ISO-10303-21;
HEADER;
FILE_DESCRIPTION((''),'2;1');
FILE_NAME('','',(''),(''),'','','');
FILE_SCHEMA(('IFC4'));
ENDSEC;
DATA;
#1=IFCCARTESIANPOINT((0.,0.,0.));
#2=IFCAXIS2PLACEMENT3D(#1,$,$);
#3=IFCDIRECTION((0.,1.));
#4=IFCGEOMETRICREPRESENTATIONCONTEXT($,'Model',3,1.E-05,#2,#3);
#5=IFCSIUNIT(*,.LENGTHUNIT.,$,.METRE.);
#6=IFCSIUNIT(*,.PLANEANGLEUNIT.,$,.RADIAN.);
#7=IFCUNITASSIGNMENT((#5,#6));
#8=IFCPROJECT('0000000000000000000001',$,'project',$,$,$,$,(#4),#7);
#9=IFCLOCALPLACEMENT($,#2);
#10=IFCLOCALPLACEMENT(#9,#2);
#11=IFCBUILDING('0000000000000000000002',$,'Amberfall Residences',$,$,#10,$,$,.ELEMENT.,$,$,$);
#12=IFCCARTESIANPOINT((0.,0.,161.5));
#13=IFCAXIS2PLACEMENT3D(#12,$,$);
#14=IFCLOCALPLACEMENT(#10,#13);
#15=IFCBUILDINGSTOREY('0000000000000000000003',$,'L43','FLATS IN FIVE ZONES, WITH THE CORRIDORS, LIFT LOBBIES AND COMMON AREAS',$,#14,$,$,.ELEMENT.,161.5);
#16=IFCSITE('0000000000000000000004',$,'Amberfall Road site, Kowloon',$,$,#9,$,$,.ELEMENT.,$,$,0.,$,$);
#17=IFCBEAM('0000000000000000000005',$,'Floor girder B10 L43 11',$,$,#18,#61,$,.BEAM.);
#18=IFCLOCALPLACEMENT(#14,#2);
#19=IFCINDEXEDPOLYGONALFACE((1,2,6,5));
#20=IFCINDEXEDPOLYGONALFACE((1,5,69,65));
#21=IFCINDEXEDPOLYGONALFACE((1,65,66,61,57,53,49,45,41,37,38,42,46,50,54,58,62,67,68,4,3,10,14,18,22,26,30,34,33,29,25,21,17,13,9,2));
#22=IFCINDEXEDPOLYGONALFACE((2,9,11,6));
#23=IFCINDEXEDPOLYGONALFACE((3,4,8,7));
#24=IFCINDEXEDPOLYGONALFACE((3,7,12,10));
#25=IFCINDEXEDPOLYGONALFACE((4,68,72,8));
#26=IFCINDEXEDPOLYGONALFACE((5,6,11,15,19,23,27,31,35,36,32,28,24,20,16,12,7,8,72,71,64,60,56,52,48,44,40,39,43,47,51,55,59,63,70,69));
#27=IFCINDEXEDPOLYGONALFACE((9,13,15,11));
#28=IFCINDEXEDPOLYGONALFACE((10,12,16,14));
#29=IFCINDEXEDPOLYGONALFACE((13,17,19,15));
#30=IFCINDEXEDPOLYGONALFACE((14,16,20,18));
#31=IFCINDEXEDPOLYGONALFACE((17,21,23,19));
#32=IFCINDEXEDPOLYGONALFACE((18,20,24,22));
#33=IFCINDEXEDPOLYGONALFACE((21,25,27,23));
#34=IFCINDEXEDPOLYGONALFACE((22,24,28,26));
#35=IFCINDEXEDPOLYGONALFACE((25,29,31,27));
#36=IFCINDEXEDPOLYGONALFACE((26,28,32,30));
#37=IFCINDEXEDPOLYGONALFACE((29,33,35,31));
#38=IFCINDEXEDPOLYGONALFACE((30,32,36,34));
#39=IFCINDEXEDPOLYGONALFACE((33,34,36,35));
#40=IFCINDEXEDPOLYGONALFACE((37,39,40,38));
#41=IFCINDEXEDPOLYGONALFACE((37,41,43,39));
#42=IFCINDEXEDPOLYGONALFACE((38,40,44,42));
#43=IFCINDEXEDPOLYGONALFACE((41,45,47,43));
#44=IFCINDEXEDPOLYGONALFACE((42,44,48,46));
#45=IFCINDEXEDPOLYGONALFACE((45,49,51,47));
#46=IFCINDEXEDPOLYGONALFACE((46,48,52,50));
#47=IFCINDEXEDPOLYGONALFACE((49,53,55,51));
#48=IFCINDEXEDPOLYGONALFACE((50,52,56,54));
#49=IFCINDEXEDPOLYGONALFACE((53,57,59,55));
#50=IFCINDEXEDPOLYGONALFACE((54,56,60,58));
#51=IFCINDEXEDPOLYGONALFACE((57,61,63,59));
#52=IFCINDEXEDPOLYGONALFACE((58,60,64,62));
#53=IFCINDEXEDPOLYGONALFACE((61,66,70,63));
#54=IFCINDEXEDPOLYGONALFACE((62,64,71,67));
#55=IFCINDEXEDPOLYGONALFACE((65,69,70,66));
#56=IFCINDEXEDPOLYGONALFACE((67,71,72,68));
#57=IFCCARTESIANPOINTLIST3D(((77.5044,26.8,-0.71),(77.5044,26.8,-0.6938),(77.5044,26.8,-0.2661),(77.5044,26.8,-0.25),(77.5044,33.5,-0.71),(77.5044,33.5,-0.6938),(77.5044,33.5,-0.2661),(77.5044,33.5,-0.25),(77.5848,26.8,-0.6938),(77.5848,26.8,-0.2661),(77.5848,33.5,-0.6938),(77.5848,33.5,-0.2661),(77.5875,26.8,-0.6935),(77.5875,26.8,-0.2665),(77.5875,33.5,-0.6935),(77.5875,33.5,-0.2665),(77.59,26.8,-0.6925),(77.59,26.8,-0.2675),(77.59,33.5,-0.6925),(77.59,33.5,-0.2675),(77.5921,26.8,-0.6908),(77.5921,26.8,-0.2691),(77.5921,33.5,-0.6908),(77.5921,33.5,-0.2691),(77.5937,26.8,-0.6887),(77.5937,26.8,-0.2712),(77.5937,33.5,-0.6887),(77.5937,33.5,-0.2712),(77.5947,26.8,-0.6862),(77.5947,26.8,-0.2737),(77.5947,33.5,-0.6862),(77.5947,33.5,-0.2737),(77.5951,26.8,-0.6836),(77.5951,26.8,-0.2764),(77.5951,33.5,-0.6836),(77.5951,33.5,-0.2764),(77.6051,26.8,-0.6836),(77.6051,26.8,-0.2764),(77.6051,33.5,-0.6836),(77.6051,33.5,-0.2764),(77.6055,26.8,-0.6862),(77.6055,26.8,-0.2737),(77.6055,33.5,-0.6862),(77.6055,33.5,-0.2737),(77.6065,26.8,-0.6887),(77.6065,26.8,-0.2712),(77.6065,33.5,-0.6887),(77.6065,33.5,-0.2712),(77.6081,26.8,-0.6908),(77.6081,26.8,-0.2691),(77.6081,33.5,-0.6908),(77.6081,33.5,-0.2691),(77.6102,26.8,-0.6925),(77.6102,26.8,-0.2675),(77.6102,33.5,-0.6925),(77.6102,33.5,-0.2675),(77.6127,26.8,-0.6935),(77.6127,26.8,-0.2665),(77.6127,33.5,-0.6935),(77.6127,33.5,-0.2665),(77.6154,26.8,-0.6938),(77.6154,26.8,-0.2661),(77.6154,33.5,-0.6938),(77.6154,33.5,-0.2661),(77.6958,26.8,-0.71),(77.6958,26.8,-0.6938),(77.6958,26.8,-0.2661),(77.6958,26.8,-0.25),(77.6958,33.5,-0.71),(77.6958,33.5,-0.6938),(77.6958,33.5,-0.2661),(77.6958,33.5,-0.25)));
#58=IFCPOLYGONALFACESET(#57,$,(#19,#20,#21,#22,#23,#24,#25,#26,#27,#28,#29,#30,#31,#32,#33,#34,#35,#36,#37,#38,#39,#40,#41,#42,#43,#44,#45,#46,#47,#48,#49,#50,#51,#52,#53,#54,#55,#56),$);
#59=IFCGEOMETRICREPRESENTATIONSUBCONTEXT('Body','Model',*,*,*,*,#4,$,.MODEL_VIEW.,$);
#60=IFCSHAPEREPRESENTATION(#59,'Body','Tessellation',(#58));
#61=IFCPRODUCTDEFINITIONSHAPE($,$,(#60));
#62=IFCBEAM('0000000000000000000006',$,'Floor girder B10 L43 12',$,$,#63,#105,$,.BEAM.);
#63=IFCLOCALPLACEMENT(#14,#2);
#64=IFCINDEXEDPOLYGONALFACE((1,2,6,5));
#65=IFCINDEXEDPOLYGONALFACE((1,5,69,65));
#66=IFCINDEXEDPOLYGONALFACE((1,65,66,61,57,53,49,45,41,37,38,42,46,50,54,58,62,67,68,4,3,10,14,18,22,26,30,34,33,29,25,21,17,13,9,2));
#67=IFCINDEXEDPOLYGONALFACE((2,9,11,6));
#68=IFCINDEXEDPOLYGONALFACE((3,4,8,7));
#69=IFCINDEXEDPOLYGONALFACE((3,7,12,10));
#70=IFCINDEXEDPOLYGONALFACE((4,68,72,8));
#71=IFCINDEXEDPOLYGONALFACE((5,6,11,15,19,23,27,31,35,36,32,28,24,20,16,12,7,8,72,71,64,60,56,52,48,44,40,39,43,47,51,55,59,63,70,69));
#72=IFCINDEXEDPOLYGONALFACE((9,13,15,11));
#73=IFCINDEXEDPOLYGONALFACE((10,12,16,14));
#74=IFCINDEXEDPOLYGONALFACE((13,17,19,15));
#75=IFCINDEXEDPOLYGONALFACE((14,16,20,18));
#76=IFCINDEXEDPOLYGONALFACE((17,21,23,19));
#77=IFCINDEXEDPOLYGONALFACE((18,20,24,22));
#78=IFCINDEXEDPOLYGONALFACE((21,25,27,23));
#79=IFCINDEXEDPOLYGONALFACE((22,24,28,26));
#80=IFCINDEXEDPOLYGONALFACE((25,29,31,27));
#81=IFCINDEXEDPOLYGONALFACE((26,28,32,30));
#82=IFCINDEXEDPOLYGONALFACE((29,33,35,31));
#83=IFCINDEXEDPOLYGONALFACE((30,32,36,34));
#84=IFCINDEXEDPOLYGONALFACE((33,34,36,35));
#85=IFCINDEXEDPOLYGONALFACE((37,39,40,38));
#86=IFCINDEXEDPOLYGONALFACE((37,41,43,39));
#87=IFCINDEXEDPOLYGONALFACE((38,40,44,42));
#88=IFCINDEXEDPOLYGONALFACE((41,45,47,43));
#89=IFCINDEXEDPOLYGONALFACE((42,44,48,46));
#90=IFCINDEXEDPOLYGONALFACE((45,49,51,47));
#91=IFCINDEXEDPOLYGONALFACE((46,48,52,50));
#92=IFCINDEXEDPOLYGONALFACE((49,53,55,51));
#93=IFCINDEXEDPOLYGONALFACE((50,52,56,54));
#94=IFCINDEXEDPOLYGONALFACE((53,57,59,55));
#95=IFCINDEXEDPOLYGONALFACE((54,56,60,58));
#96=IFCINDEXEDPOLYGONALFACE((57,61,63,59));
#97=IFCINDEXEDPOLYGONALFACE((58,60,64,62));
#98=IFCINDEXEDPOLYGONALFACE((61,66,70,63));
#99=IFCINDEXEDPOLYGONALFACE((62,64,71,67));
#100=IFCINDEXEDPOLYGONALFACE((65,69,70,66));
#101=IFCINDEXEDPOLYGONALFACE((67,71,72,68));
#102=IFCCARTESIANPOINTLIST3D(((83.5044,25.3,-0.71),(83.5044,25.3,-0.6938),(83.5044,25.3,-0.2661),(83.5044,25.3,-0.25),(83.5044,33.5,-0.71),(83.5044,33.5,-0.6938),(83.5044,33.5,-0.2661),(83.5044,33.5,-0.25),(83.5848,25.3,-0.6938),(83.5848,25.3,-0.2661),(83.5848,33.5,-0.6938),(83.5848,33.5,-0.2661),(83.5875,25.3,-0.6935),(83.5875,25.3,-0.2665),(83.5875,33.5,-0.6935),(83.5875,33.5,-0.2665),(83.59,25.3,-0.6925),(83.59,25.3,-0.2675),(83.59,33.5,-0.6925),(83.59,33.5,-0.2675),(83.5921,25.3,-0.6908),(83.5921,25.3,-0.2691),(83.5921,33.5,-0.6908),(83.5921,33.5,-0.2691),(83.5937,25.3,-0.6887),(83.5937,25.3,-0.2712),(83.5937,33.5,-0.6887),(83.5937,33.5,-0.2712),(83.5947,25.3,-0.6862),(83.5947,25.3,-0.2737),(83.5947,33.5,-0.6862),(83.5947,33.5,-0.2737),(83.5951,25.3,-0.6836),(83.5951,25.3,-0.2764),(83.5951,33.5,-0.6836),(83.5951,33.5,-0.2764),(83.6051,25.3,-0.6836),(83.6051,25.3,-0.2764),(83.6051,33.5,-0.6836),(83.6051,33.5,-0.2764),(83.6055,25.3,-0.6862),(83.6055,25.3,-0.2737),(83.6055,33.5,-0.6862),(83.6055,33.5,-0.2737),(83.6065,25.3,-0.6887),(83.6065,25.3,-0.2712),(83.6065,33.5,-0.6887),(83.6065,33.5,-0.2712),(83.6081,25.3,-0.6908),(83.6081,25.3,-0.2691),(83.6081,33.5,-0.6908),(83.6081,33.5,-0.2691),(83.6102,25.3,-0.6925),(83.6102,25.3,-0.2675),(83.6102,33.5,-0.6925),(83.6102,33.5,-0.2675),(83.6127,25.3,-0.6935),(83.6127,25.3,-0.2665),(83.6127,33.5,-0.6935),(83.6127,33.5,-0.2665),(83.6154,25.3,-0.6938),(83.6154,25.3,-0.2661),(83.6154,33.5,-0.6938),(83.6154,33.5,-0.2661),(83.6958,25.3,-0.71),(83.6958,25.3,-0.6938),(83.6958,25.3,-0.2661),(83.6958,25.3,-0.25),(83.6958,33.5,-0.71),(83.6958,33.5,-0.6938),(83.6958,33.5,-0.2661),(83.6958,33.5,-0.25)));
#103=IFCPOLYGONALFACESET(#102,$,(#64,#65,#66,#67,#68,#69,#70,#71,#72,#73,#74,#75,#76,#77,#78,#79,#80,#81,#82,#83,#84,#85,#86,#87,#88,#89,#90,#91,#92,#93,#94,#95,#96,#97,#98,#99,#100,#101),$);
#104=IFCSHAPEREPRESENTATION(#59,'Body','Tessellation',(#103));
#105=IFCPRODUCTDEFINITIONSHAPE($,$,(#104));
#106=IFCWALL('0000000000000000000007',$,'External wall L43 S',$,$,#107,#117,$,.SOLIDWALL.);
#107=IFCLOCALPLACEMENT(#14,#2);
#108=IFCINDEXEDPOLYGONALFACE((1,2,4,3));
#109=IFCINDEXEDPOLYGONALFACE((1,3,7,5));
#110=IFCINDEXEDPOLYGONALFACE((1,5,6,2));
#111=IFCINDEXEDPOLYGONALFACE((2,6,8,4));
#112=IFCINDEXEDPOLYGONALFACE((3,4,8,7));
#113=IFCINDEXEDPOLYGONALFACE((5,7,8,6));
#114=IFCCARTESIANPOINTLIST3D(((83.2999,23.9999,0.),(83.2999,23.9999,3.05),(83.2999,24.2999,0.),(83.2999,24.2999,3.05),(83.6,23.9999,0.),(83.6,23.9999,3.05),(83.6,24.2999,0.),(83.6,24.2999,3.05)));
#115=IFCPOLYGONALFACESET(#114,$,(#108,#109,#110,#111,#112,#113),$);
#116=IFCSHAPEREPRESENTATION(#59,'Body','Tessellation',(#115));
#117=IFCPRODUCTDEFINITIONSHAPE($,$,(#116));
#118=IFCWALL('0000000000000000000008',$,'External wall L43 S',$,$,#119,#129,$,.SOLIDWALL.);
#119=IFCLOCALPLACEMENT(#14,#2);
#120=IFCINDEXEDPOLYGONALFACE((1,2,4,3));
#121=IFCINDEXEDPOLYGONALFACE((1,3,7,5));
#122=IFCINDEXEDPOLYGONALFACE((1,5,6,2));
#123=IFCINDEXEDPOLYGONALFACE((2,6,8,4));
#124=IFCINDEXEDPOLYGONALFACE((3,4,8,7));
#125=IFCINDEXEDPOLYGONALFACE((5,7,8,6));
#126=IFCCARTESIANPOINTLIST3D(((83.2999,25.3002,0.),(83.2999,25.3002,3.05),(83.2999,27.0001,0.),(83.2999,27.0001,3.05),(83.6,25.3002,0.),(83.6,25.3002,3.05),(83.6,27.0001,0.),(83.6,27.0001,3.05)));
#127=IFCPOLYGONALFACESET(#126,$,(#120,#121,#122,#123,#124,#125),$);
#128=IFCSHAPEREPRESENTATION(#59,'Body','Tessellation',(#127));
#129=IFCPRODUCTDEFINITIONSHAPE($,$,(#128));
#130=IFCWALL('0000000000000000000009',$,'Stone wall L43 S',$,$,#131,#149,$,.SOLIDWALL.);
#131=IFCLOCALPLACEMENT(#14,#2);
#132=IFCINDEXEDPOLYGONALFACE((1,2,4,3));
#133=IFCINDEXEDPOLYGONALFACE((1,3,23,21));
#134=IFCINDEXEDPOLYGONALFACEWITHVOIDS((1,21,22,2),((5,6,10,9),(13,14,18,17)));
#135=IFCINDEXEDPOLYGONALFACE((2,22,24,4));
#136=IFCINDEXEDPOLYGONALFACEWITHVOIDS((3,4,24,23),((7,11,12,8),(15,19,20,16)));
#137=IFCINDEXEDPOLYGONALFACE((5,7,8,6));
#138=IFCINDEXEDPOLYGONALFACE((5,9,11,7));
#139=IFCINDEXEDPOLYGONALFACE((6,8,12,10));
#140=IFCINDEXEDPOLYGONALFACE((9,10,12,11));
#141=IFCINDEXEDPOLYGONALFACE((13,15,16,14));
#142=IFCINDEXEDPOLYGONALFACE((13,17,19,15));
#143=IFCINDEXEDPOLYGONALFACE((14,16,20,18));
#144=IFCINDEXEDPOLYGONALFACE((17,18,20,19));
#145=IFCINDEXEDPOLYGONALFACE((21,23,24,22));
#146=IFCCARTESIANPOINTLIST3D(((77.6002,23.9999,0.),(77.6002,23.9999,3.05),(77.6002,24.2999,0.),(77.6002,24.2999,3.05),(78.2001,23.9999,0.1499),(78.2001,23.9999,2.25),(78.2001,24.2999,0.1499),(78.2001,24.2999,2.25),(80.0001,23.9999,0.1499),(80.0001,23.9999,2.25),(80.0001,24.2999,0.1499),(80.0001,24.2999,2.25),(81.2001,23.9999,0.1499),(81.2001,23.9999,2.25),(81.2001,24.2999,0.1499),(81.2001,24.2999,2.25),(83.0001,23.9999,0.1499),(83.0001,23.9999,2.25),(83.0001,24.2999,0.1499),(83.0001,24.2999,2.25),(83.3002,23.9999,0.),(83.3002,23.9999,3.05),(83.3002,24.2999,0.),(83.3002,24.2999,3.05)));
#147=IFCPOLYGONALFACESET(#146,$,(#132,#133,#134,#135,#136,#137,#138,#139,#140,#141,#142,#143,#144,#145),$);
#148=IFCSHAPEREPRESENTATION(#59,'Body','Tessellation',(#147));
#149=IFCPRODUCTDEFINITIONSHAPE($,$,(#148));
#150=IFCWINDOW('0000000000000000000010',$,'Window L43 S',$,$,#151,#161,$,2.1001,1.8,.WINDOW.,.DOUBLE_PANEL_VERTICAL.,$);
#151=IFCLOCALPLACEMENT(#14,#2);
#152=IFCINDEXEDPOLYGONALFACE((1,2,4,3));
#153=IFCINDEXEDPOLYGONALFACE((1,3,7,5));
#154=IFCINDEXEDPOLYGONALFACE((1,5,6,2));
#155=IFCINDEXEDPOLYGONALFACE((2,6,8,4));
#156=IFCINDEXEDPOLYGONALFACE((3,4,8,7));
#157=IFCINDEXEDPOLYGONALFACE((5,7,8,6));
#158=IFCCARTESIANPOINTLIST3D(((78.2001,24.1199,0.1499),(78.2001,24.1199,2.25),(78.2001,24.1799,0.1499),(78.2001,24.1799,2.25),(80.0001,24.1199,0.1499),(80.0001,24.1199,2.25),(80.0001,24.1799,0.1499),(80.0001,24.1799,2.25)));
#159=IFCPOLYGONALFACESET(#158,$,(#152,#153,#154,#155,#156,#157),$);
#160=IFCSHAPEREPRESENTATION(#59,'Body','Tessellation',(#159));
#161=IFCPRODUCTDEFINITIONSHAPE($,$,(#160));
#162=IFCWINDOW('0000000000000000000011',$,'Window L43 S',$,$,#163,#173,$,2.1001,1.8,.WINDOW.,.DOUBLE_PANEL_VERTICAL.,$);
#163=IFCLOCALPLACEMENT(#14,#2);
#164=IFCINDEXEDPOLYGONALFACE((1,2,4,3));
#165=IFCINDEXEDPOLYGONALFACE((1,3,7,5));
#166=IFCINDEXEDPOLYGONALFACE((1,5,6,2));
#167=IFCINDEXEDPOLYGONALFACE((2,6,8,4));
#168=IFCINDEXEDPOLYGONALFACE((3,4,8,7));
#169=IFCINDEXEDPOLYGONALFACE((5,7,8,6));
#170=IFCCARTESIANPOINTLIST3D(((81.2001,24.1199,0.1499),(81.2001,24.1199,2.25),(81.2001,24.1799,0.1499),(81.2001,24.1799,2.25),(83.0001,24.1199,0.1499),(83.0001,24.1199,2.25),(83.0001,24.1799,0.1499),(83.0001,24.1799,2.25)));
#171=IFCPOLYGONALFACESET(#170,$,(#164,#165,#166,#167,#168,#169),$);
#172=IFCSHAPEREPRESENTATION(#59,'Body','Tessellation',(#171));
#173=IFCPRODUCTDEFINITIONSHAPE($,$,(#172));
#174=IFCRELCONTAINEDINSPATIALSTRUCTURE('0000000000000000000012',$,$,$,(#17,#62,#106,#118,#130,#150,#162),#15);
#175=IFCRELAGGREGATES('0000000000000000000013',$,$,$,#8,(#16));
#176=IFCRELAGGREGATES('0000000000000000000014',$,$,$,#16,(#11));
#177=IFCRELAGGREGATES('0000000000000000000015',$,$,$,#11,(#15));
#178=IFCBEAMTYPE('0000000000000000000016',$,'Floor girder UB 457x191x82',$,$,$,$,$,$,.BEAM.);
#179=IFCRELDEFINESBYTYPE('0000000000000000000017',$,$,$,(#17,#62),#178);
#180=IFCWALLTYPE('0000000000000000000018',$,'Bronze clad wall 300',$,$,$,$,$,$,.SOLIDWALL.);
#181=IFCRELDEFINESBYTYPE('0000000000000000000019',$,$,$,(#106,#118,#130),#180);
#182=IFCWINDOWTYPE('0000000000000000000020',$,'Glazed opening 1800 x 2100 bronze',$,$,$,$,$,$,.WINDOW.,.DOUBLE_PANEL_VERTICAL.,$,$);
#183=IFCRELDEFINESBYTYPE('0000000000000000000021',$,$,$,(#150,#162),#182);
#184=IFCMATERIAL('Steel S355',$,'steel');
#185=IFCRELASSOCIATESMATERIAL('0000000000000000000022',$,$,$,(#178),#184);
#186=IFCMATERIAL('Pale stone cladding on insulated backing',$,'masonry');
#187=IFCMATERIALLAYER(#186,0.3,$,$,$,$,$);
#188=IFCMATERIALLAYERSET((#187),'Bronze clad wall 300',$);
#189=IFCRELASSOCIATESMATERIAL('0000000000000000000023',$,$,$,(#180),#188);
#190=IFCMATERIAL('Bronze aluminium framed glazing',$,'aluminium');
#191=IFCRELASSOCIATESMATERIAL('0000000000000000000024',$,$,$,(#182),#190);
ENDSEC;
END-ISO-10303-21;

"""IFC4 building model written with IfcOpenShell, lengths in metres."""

from ifc_helpers import new_model, si_unit, direction, frame, frame_2d, origin, origin_2d, place, context, subcontext, project, spatial, rectangle, i_section, extrude, material, layer, layer_set, material_profile, profile_set, type_object, element, fill, save


model = new_model("IFC4")

# Units and contexts
model_context = context("Model", 3, precision=1e-05, world=origin(), true_north=direction((0.0, 1.0)))
body_context = subcontext(model_context, "Body", "Model", "MODEL_VIEW")
ifc_project = project(units=[si_unit("LENGTHUNIT", "METRE"), si_unit("PLANEANGLEUNIT", "RADIAN")], contexts=[model_context])

# Site, building, storey
site_placement = place(None, origin())
site = spatial("IfcSite", under=ifc_project, at=site_placement, Name="Amberfall Road site, Kowloon", CompositionType="ELEMENT", RefElevation=0.0)
building_placement = place(site_placement, origin())
building = spatial("IfcBuilding", under=site, at=building_placement, Name="Amberfall Residences", CompositionType="ELEMENT")
storey_placement = place(building_placement, frame((0.0, 0.0, 161.5)))
storey = spatial("IfcBuildingStorey", under=building, at=storey_placement, Name="L43", Description="FLATS IN FIVE ZONES, WITH THE CORRIDORS, LIFT LOBBIES AND COMMON AREAS", CompositionType="ELEMENT", Elevation=161.5)

# Beams
ifc_material_1 = material(Name="Steel S355", Category="steel")
ifc_material_profile_1 = material_profile(ifc_material_1, i_section(OverallWidth=0.1914, OverallDepth=0.46, WebThickness=0.01, FlangeThickness=0.0161, FilletRadius=0.0103, at=origin_2d()), Name="UB 457x191x82")
ifc_profile_set_1 = profile_set([ifc_material_profile_1], Name="Steel S355")
beam_type_1 = type_object("IfcBeamType", Name="Floor girder UB 457x191x82", PredefinedType="BEAM", material=ifc_profile_set_1)
beam_1_placement = place(storey_placement, frame((77.6001, 26.8, -0.48), z_axis=(0.0, 1.0, 0.0), x_axis=(-1.0, 0.0, 0.0)))
element("IfcBeam", 1, at=beam_1_placement, inside=storey, type_object=beam_type_1, Name="Floor girder B10 L43 11", PredefinedType="BEAM", context=body_context, shape_type="SweptSolid", body=[
    extrude(i_section(OverallWidth=0.1914, OverallDepth=0.46, WebThickness=0.01, FlangeThickness=0.0161, FilletRadius=0.0103, at=origin_2d()), origin(), (0.0, 0.0, 1.0), 6.7),
])
beam_2_placement = place(storey_placement, frame((83.6001, 25.3, -0.48), z_axis=(0.0, 1.0, 0.0), x_axis=(-1.0, 0.0, 0.0)))
element("IfcBeam", 2, at=beam_2_placement, inside=storey, type_object=beam_type_1, Name="Floor girder B10 L43 12", PredefinedType="BEAM", context=body_context, shape_type="SweptSolid", body=[
    extrude(i_section(OverallWidth=0.1914, OverallDepth=0.46, WebThickness=0.01, FlangeThickness=0.0161, FilletRadius=0.0103, at=origin_2d()), origin(), (0.0, 0.0, 1.0), 8.2),
])

# Walls
ifc_material_2 = material(Name="Pale stone cladding on insulated backing", Category="masonry")
ifc_layer_1 = layer(ifc_material_2, 0.3)
ifc_layer_set_1 = layer_set([ifc_layer_1], Name="Bronze clad wall 300")
wall_type_1 = type_object("IfcWallType", Name="Bronze clad wall 300", PredefinedType="SOLIDWALL", material=ifc_layer_set_1)
wall_1_placement = place(storey_placement, frame((83.45, 24.0, 0.0), z_axis=(0.0, 0.0, 1.0), x_axis=(0.0, 1.0, 0.0)))
element("IfcWall", 3, at=wall_1_placement, inside=storey, type_object=wall_type_1, Name="External wall L43 S", PredefinedType="SOLIDWALL", context=body_context, shape_type="SweptSolid", body=[
    extrude(rectangle(XDim=0.3, YDim=0.3, at=frame_2d((0.1499, 0.0))), origin(), (0.0, 0.0, 1.0), 3.05),
])
wall_2_placement = place(storey_placement, frame((83.45, 25.3, 0.0), z_axis=(0.0, 0.0, 1.0), x_axis=(0.0, 1.0, 0.0)))
element("IfcWall", 4, at=wall_2_placement, inside=storey, type_object=wall_type_1, Name="External wall L43 S", PredefinedType="SOLIDWALL", context=body_context, shape_type="SweptSolid", body=[
    extrude(rectangle(XDim=1.7, YDim=0.3, at=frame_2d((0.8501, 0.0))), origin(), (0.0, 0.0, 1.0), 3.05),
])

# Wall, openings, windows
wall_3_placement = place(storey_placement, frame((77.6001, 24.1499, 0.0), z_axis=(0.0, 0.0, 1.0), x_axis=(1.0, 0.0, 0.0)))
wall_3 = element("IfcWall", 5, at=wall_3_placement, inside=storey, type_object=wall_type_1, Name="Stone wall L43 S", PredefinedType="SOLIDWALL", context=body_context, shape_type="SweptSolid", body=[
    extrude(rectangle(XDim=5.7, YDim=0.3, at=frame_2d((2.8501, 0.0))), origin(), (0.0, 0.0, 1.0), 3.05),
])
opening_1_placement = place(wall_3_placement, frame((0.6001, 0.0, 0.1499)))
opening_1 = element("IfcOpeningElement", 6, at=opening_1_placement, cuts=wall_3, PredefinedType="OPENING", context=body_context, shape_type="SweptSolid", body=[
    extrude(rectangle(XDim=1.8, YDim=2.1001, at=frame_2d((0.8999, 1.05))), frame((0.0, 0.1599, 0.0), z_axis=(0.0, -1.0, 0.0), x_axis=(1.0, 0.0, 0.0)), (0.0, 0.0, 1.0), 0.3201),
])
opening_2_placement = place(wall_3_placement, frame((3.6001, 0.0, 0.1499)))
opening_2 = element("IfcOpeningElement", 7, at=opening_2_placement, cuts=wall_3, PredefinedType="OPENING", context=body_context, shape_type="SweptSolid", body=[
    extrude(rectangle(XDim=1.8, YDim=2.1001, at=frame_2d((0.8999, 1.05))), frame((0.0, 0.1599, 0.0), z_axis=(0.0, -1.0, 0.0), x_axis=(1.0, 0.0, 0.0)), (0.0, 0.0, 1.0), 0.3201),
])
ifc_material_3 = material(Name="Bronze aluminium framed glazing", Category="aluminium")
window_type = type_object("IfcWindowType", Name="Glazed opening 1800 x 2100 bronze", PartitioningType="DOUBLE_PANEL_VERTICAL", PredefinedType="WINDOW", material=ifc_material_3)
window_1_placement = place(opening_1_placement, origin())
window_1 = element("IfcWindow", 8, at=window_1_placement, inside=storey, type_object=window_type, Name="Window L43 S", OverallHeight=2.1001, OverallWidth=1.8, PartitioningType="DOUBLE_PANEL_VERTICAL", PredefinedType="WINDOW", context=body_context, shape_type="SweptSolid", body=[
    extrude(rectangle(XDim=1.8, YDim=2.1001, at=frame_2d((0.8999, 1.05))), frame((0.0, 0.03, 0.0), z_axis=(0.0, -1.0, 0.0), x_axis=(1.0, 0.0, 0.0)), (0.0, 0.0, 1.0), 0.0601),
])
fill(opening_1, window_1)
window_2_placement = place(opening_2_placement, origin())
window_2 = element("IfcWindow", 9, at=window_2_placement, inside=storey, type_object=window_type, Name="Window L43 S", OverallHeight=2.1001, OverallWidth=1.8, PartitioningType="DOUBLE_PANEL_VERTICAL", PredefinedType="WINDOW", context=body_context, shape_type="SweptSolid", body=[
    extrude(rectangle(XDim=1.8, YDim=2.1001, at=frame_2d((0.8999, 1.05))), frame((0.0, 0.03, 0.0), z_axis=(0.0, -1.0, 0.0), x_axis=(1.0, 0.0, 0.0)), (0.0, 0.0, 1.0), 0.0601),
])
fill(opening_2, window_2)

save(model, "model.ifc")
